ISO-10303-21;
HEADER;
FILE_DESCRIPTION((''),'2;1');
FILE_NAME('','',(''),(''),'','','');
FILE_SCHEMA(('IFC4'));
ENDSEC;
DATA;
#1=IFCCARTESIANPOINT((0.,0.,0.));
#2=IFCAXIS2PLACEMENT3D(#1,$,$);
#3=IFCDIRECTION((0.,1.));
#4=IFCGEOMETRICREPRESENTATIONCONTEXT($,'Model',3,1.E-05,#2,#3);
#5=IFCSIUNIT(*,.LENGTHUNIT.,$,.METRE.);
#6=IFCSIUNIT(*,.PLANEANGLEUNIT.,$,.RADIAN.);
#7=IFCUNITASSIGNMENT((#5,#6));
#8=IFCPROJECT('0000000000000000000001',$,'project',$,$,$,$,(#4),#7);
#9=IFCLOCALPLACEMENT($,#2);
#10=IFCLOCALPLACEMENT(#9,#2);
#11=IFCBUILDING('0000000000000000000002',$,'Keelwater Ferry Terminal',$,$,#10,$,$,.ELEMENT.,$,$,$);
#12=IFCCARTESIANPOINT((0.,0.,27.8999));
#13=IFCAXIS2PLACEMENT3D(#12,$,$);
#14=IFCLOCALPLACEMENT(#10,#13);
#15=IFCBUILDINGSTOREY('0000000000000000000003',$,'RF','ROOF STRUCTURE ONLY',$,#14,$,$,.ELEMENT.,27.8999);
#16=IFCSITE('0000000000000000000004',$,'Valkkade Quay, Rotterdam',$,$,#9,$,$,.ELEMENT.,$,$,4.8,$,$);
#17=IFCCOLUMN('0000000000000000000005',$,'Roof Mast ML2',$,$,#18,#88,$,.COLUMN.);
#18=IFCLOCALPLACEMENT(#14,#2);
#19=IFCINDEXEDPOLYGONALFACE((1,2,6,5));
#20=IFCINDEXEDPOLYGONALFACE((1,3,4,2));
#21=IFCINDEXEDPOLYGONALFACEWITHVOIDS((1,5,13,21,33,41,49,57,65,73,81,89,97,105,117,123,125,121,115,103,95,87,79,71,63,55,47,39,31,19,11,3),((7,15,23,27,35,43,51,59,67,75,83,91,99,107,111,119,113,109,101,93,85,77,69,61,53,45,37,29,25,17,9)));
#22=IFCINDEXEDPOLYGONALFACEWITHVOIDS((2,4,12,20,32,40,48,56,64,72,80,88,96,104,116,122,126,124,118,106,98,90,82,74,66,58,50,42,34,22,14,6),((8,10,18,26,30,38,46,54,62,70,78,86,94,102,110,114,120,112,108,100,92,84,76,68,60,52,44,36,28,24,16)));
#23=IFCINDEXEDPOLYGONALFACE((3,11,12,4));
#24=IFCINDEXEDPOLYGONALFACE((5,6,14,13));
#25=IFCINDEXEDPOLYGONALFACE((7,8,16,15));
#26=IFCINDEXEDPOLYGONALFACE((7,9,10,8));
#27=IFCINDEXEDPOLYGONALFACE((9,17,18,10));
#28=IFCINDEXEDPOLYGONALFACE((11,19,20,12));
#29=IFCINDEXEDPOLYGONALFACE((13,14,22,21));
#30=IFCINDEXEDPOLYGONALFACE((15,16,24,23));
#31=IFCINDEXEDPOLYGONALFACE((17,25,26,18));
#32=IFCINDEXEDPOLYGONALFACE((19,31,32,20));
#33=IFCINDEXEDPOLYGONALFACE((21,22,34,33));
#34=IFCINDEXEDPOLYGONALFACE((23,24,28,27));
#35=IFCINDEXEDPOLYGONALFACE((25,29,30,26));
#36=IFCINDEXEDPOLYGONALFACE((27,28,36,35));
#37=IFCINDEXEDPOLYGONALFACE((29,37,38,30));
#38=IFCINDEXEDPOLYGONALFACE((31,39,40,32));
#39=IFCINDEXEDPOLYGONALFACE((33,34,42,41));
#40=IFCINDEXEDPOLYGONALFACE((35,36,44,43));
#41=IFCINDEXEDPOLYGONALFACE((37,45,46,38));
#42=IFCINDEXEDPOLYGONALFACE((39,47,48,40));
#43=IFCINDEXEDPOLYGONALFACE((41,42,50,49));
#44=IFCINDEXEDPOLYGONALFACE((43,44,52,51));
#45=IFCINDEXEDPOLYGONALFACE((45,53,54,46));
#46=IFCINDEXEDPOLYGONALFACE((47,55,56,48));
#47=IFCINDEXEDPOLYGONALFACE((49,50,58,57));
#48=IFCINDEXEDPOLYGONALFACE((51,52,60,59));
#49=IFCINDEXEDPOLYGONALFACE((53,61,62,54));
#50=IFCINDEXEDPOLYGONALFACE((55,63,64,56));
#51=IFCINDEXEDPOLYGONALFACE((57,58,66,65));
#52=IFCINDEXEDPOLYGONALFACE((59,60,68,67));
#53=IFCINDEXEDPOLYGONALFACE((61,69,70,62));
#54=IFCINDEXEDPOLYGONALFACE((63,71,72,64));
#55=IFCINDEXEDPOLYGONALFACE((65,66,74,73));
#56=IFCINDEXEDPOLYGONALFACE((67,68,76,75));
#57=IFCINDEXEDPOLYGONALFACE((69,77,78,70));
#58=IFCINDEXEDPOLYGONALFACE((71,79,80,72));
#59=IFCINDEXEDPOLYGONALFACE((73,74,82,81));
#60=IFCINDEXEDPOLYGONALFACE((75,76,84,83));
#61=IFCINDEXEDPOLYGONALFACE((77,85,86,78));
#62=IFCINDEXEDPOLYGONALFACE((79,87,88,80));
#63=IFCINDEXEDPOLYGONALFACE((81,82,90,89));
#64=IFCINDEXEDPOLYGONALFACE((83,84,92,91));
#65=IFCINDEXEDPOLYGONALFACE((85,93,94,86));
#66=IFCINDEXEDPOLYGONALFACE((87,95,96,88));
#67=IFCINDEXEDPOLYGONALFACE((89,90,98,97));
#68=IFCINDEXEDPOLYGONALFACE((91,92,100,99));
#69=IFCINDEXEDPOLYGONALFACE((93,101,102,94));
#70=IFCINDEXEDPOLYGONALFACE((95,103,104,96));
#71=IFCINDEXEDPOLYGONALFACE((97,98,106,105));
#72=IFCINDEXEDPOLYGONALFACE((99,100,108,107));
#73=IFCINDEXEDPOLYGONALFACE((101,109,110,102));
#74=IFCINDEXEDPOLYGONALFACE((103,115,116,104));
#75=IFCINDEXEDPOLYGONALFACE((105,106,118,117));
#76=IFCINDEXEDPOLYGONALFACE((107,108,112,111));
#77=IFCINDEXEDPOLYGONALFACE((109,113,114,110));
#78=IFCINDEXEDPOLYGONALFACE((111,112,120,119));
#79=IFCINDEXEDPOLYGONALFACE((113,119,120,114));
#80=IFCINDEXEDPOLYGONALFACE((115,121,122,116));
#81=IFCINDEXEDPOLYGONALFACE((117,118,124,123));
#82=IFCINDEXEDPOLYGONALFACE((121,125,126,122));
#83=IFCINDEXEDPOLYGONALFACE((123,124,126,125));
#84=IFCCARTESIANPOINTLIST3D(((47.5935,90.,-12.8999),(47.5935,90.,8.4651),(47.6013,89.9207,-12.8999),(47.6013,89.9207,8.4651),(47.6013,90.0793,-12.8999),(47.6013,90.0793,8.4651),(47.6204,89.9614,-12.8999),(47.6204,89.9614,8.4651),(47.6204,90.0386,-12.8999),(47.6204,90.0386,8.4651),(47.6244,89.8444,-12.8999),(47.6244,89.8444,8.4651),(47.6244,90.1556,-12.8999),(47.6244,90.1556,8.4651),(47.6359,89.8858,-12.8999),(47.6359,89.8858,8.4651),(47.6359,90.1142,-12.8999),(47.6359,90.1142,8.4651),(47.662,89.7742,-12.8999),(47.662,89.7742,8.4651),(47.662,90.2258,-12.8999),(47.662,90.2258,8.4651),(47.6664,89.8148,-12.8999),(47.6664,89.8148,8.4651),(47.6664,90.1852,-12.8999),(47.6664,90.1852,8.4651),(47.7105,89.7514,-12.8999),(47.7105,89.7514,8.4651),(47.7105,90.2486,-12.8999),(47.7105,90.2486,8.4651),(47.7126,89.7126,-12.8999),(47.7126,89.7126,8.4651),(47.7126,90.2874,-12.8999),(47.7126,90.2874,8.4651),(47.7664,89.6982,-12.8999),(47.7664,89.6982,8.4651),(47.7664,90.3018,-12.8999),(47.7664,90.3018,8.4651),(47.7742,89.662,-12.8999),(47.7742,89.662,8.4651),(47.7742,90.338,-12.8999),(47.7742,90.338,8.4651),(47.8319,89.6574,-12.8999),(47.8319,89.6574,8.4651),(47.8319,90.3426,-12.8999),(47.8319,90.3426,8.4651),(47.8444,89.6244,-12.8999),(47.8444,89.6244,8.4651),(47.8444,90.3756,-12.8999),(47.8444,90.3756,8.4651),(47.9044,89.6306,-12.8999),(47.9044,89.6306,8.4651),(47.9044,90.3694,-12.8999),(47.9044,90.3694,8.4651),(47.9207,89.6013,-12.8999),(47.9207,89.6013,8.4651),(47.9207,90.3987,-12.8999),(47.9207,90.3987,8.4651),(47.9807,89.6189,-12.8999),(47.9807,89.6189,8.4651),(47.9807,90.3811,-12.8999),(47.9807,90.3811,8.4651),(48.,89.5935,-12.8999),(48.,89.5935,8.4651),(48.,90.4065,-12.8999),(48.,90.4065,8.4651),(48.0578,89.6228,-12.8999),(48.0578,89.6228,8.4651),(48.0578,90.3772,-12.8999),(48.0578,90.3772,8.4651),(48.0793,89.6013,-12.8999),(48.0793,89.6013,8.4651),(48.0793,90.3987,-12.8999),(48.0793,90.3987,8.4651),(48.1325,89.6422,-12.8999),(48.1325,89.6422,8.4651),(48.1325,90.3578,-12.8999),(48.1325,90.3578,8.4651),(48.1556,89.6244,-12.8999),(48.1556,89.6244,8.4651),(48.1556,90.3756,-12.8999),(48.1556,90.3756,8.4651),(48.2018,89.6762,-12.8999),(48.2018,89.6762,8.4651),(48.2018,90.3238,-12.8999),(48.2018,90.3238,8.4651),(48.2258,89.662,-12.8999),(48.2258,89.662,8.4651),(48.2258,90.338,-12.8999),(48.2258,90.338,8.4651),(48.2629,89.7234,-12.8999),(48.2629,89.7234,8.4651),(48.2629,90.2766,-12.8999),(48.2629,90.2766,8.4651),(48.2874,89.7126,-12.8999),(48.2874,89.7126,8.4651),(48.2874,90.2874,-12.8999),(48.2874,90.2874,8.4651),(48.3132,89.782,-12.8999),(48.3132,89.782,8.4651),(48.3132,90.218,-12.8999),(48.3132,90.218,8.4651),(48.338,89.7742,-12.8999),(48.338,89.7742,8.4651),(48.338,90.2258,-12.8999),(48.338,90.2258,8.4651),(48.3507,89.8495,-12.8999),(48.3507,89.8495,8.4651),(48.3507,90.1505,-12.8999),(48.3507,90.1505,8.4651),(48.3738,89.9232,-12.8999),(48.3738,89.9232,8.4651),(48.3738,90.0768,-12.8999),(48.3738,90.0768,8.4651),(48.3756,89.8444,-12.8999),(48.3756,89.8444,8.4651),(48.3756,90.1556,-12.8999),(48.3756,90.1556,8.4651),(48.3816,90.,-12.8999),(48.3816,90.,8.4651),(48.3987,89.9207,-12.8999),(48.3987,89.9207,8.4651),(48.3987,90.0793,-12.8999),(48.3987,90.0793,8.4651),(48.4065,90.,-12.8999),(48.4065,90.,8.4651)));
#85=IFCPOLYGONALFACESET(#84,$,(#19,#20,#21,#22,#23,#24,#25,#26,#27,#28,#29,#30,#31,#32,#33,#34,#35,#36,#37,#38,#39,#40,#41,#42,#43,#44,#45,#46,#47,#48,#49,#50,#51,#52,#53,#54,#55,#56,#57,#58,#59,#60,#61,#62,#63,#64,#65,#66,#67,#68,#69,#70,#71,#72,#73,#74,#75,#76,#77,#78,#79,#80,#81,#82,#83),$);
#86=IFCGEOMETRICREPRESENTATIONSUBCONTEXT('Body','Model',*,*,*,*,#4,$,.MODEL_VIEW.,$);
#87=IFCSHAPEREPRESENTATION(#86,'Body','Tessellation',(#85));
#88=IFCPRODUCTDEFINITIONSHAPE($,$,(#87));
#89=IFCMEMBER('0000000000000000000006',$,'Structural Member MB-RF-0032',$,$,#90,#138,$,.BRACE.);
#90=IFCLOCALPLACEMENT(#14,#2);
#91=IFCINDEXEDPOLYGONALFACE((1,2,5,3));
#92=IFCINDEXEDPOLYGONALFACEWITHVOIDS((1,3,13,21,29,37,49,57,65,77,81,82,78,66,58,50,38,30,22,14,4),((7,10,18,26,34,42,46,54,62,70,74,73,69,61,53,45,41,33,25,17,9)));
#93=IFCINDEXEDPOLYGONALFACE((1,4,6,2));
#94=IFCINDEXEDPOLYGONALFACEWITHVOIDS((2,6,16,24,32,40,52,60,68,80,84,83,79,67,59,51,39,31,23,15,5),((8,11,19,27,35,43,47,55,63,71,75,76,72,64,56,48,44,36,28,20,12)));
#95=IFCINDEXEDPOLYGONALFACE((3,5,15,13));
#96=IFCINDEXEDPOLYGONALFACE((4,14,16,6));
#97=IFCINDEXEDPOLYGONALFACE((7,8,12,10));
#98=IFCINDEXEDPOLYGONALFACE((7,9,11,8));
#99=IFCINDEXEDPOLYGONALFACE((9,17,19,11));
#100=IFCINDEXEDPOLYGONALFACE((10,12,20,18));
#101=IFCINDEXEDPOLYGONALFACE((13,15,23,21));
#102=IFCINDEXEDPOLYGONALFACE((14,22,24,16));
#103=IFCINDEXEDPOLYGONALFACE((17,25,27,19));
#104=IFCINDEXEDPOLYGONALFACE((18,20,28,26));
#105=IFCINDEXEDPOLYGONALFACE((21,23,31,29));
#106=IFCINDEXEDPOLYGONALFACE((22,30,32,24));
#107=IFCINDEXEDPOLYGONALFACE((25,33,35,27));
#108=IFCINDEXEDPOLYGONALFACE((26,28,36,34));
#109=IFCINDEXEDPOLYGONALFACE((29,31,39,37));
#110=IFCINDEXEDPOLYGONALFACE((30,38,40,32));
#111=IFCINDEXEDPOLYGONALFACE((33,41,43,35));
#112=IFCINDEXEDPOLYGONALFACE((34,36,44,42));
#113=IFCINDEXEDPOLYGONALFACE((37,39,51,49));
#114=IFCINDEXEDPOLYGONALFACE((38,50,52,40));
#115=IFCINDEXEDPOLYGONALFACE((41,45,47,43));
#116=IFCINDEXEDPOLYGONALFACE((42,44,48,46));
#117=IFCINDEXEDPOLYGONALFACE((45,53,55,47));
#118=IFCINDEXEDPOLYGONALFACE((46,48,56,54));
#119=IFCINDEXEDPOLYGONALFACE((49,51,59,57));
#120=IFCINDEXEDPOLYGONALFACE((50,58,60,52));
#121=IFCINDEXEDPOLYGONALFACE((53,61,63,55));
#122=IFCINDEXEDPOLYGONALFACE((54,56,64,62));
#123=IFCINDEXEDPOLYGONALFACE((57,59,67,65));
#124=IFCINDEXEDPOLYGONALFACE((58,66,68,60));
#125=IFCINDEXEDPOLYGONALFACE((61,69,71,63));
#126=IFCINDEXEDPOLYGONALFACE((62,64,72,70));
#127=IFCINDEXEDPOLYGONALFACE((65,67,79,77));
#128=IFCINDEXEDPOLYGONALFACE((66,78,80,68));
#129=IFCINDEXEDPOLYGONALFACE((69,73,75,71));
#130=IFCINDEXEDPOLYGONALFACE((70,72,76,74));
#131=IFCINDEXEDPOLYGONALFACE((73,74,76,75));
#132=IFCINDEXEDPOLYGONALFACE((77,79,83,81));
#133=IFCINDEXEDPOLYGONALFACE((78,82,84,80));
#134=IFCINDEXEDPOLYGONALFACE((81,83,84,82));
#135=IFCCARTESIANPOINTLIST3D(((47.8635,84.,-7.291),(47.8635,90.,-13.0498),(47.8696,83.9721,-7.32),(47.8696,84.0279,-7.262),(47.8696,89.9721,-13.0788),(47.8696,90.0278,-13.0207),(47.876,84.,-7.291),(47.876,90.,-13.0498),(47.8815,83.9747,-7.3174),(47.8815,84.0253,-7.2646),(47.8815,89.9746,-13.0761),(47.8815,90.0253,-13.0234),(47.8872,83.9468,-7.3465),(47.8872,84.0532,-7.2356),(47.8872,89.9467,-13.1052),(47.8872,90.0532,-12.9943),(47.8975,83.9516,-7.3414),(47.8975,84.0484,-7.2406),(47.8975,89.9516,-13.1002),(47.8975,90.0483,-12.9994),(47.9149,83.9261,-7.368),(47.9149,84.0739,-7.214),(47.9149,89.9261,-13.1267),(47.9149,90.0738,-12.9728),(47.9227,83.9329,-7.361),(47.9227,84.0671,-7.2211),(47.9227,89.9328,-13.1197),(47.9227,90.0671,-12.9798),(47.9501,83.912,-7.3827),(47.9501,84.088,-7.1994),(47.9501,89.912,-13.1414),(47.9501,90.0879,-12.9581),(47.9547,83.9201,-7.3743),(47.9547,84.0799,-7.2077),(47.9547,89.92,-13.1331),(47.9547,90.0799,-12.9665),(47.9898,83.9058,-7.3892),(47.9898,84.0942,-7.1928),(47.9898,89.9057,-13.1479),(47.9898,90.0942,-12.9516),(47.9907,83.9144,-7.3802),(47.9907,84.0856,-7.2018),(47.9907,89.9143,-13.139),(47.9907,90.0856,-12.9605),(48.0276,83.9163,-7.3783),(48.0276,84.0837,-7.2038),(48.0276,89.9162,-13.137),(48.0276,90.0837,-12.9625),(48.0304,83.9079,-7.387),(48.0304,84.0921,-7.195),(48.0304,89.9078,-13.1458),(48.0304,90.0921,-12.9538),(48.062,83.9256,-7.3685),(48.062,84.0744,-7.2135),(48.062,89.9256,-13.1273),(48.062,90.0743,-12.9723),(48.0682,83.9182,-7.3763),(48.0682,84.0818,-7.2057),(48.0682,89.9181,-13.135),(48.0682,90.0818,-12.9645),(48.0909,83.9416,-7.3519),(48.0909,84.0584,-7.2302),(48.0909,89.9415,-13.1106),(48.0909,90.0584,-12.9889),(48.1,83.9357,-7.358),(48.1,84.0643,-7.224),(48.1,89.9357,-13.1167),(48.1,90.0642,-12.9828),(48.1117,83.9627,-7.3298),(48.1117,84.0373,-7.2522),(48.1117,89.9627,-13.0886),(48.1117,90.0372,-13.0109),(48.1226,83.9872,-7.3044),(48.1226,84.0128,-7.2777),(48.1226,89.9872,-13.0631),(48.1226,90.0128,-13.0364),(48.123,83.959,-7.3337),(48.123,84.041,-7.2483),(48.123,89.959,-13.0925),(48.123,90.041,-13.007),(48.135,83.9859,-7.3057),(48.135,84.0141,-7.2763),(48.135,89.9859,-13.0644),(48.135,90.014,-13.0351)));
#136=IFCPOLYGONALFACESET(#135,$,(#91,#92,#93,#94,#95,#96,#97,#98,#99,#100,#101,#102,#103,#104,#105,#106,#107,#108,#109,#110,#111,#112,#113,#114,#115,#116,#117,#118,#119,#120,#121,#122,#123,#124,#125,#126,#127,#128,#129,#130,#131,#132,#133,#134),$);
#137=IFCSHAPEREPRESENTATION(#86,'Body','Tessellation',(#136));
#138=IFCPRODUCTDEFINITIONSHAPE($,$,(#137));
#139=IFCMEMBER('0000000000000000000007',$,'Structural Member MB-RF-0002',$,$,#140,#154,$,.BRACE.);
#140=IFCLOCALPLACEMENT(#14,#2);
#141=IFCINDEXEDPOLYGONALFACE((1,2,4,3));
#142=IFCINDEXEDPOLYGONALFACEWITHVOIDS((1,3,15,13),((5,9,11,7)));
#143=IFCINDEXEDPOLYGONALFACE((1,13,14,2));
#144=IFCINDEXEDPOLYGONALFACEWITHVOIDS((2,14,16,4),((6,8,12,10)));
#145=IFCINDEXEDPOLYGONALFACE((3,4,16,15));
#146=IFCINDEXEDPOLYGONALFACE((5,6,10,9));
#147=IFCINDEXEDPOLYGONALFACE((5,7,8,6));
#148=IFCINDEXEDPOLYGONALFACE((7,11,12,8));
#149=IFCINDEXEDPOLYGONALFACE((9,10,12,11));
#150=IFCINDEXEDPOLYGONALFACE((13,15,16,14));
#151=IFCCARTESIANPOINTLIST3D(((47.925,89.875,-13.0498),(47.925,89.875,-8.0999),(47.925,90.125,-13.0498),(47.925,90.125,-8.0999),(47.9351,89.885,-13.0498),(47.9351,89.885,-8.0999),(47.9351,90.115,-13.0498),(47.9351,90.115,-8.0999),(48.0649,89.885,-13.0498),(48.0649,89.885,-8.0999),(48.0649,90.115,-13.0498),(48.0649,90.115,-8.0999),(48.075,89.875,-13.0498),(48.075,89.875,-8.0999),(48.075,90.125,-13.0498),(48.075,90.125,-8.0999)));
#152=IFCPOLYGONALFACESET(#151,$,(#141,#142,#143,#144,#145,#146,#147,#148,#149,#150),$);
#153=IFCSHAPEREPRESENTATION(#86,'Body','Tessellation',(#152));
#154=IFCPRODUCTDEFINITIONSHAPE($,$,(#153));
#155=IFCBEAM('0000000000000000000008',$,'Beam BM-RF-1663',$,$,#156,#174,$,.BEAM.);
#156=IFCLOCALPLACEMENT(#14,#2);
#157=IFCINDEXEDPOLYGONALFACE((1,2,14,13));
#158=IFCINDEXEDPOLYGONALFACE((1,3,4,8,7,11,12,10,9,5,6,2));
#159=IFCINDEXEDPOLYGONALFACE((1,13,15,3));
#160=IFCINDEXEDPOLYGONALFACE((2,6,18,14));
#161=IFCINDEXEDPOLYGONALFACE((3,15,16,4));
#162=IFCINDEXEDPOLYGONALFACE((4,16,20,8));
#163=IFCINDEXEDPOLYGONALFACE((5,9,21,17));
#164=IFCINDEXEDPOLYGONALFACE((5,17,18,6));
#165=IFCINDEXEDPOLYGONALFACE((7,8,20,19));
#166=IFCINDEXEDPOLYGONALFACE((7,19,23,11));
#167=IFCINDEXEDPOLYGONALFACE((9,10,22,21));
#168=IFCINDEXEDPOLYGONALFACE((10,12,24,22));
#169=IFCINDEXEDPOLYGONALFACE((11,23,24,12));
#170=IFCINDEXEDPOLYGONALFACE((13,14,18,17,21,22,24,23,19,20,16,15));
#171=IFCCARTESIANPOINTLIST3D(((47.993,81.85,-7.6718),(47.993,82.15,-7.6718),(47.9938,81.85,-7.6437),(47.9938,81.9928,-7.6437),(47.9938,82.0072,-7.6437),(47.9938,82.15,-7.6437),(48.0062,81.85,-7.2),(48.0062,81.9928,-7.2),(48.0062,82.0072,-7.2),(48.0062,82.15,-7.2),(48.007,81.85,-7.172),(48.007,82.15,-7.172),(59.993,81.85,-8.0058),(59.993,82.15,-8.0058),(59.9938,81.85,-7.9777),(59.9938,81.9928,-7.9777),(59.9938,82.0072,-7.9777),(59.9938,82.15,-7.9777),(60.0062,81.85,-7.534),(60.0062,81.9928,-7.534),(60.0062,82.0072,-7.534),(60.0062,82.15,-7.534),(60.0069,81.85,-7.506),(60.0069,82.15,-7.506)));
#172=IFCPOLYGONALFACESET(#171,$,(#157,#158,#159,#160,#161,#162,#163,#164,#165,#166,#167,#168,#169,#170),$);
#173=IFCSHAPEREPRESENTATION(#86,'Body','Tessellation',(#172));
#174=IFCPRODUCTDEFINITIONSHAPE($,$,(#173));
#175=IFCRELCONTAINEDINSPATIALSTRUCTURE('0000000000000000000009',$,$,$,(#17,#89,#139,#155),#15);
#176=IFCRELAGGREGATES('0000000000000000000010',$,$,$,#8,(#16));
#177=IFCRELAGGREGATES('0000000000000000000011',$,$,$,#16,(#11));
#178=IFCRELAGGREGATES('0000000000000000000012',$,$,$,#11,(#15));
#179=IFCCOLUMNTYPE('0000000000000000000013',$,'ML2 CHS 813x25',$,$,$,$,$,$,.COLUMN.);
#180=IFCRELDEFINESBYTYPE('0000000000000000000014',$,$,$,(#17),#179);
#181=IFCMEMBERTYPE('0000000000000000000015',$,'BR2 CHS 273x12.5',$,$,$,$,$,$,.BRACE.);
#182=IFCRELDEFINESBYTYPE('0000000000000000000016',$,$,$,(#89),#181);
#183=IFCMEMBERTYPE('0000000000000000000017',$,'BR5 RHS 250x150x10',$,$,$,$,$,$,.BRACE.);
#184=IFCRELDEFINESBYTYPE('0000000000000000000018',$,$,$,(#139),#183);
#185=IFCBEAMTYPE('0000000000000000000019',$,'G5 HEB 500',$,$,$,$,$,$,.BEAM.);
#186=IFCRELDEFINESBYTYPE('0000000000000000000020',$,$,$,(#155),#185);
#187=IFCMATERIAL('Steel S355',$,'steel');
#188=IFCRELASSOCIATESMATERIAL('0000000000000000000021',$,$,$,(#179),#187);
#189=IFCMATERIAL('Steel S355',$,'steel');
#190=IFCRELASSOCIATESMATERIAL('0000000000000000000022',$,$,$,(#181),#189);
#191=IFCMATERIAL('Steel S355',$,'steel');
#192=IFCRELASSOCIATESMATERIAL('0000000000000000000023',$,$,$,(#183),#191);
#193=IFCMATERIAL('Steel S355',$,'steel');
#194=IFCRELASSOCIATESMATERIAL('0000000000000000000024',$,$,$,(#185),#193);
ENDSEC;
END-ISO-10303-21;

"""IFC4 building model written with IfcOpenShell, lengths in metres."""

from ifc_helpers import new_model, si_unit, direction, frame, origin, origin_2d, place, context, subcontext, project, spatial, hollow_rectangle, hollow_circle, i_section, extrude, material, material_profile, profile_set, type_object, element, save


model = new_model("IFC4")

# Units and contexts
model_context = context("Model", 3, precision=1e-05, world=origin(), true_north=direction((0.0, 1.0)))
body_context = subcontext(model_context, "Body", "Model", "MODEL_VIEW")
ifc_project = project(units=[si_unit("LENGTHUNIT", "METRE"), si_unit("PLANEANGLEUNIT", "RADIAN")], contexts=[model_context])

# Site, building, storey
site_placement = place(None, origin())
site = spatial("IfcSite", under=ifc_project, at=site_placement, Name="Valkkade Quay, Rotterdam", CompositionType="ELEMENT", RefElevation=4.8)
building_placement = place(site_placement, origin())
building = spatial("IfcBuilding", under=site, at=building_placement, Name="Keelwater Ferry Terminal", CompositionType="ELEMENT")
storey_placement = place(building_placement, frame((0.0, 0.0, 27.8999)))
storey = spatial("IfcBuildingStorey", under=building, at=storey_placement, Name="RF", Description="ROOF STRUCTURE ONLY", CompositionType="ELEMENT", Elevation=27.8999)

# Column
ifc_material_1 = material(Name="Steel S355", Category="steel")
ifc_material_profile_1 = material_profile(ifc_material_1, hollow_circle(Radius=0.4065, WallThickness=0.0249, at=origin_2d()), Name="CHS 813x25")
ifc_profile_set_1 = profile_set([ifc_material_profile_1], Name="Steel S355")
column_type = type_object("IfcColumnType", Name="ML2 CHS 813x25", PredefinedType="COLUMN", material=ifc_profile_set_1)
column_placement = place(storey_placement, frame((48.0, 90.0, -12.8999), z_axis=(0.0, 0.0, 1.0), x_axis=(1.0, 0.0, 0.0)))
element("IfcColumn", 1, at=column_placement, inside=storey, type_object=column_type, Name="Roof Mast ML2", PredefinedType="COLUMN", context=body_context, shape_type="SweptSolid", body=[
    extrude(hollow_circle(Radius=0.4065, WallThickness=0.0249, at=origin_2d()), origin(), (0.0, 0.0, 1.0), 21.365),
])

# Members
ifc_material_2 = material(Name="Steel S355", Category="steel")
ifc_material_profile_2 = material_profile(ifc_material_2, hollow_circle(Radius=0.1365, WallThickness=0.0125, at=origin_2d()), Name="CHS 273x12.5")
ifc_profile_set_2 = profile_set([ifc_material_profile_2], Name="Steel S355")
member_type_1 = type_object("IfcMemberType", Name="BR2 CHS 273x12.5", PredefinedType="BRACE", material=ifc_profile_set_2)
member_1_placement = place(storey_placement, frame((48.0, 84.0, -7.291), z_axis=(0.0, 0.72146, -0.692456), x_axis=(-1.0, 0.0, 0.0)))
element("IfcMember", 2, at=member_1_placement, inside=storey, type_object=member_type_1, Name="Structural Member MB-RF-0032", PredefinedType="BRACE", context=body_context, shape_type="SweptSolid", body=[
    extrude(hollow_circle(Radius=0.1365, WallThickness=0.0125, at=origin_2d()), origin(), (0.0, 0.0, 1.0), 8.3164),
])
ifc_material_3 = material(Name="Steel S355", Category="steel")
ifc_material_profile_3 = material_profile(ifc_material_3, hollow_rectangle(XDim=0.1499, YDim=0.25, WallThickness=0.01, at=origin_2d()), Name="RHS 250x150x10")
ifc_profile_set_3 = profile_set([ifc_material_profile_3], Name="Steel S355")
member_type_2 = type_object("IfcMemberType", Name="BR5 RHS 250x150x10", PredefinedType="BRACE", material=ifc_profile_set_3)
member_2_placement = place(storey_placement, frame((48.0, 90.0, -13.0498), z_axis=(0.0, 0.0, 1.0), x_axis=(1.0, 0.0, 0.0)))
element("IfcMember", 3, at=member_2_placement, inside=storey, type_object=member_type_2, Name="Structural Member MB-RF-0002", PredefinedType="BRACE", context=body_context, shape_type="SweptSolid", body=[
    extrude(hollow_rectangle(XDim=0.1499, YDim=0.25, WallThickness=0.01, at=origin_2d()), origin(), (0.0, 0.0, 1.0), 4.95),
])

# Beam
ifc_material_4 = material(Name="Steel S355", Category="steel")
ifc_material_profile_4 = material_profile(ifc_material_4, i_section(OverallWidth=0.3, OverallDepth=0.5, WebThickness=0.0144, FlangeThickness=0.0281, at=origin_2d()), Name="HEB 500")
ifc_profile_set_4 = profile_set([ifc_material_profile_4], Name="Steel S355")
beam_type = type_object("IfcBeamType", Name="G5 HEB 500", PredefinedType="BEAM", material=ifc_profile_set_4)
beam_placement = place(storey_placement, frame((48.0, 82.0, -7.4219), z_axis=(0.999613, 0.0, -0.027821), x_axis=(0.0, 1.0, 0.0)))
element("IfcBeam", 4, at=beam_placement, inside=storey, type_object=beam_type, Name="Beam BM-RF-1663", PredefinedType="BEAM", context=body_context, shape_type="SweptSolid", body=[
    extrude(i_section(OverallWidth=0.3, OverallDepth=0.5, WebThickness=0.0144, FlangeThickness=0.0281, at=origin_2d()), origin(), (0.0, 0.0, 1.0), 12.0046),
])

save(model, "model.ifc")
